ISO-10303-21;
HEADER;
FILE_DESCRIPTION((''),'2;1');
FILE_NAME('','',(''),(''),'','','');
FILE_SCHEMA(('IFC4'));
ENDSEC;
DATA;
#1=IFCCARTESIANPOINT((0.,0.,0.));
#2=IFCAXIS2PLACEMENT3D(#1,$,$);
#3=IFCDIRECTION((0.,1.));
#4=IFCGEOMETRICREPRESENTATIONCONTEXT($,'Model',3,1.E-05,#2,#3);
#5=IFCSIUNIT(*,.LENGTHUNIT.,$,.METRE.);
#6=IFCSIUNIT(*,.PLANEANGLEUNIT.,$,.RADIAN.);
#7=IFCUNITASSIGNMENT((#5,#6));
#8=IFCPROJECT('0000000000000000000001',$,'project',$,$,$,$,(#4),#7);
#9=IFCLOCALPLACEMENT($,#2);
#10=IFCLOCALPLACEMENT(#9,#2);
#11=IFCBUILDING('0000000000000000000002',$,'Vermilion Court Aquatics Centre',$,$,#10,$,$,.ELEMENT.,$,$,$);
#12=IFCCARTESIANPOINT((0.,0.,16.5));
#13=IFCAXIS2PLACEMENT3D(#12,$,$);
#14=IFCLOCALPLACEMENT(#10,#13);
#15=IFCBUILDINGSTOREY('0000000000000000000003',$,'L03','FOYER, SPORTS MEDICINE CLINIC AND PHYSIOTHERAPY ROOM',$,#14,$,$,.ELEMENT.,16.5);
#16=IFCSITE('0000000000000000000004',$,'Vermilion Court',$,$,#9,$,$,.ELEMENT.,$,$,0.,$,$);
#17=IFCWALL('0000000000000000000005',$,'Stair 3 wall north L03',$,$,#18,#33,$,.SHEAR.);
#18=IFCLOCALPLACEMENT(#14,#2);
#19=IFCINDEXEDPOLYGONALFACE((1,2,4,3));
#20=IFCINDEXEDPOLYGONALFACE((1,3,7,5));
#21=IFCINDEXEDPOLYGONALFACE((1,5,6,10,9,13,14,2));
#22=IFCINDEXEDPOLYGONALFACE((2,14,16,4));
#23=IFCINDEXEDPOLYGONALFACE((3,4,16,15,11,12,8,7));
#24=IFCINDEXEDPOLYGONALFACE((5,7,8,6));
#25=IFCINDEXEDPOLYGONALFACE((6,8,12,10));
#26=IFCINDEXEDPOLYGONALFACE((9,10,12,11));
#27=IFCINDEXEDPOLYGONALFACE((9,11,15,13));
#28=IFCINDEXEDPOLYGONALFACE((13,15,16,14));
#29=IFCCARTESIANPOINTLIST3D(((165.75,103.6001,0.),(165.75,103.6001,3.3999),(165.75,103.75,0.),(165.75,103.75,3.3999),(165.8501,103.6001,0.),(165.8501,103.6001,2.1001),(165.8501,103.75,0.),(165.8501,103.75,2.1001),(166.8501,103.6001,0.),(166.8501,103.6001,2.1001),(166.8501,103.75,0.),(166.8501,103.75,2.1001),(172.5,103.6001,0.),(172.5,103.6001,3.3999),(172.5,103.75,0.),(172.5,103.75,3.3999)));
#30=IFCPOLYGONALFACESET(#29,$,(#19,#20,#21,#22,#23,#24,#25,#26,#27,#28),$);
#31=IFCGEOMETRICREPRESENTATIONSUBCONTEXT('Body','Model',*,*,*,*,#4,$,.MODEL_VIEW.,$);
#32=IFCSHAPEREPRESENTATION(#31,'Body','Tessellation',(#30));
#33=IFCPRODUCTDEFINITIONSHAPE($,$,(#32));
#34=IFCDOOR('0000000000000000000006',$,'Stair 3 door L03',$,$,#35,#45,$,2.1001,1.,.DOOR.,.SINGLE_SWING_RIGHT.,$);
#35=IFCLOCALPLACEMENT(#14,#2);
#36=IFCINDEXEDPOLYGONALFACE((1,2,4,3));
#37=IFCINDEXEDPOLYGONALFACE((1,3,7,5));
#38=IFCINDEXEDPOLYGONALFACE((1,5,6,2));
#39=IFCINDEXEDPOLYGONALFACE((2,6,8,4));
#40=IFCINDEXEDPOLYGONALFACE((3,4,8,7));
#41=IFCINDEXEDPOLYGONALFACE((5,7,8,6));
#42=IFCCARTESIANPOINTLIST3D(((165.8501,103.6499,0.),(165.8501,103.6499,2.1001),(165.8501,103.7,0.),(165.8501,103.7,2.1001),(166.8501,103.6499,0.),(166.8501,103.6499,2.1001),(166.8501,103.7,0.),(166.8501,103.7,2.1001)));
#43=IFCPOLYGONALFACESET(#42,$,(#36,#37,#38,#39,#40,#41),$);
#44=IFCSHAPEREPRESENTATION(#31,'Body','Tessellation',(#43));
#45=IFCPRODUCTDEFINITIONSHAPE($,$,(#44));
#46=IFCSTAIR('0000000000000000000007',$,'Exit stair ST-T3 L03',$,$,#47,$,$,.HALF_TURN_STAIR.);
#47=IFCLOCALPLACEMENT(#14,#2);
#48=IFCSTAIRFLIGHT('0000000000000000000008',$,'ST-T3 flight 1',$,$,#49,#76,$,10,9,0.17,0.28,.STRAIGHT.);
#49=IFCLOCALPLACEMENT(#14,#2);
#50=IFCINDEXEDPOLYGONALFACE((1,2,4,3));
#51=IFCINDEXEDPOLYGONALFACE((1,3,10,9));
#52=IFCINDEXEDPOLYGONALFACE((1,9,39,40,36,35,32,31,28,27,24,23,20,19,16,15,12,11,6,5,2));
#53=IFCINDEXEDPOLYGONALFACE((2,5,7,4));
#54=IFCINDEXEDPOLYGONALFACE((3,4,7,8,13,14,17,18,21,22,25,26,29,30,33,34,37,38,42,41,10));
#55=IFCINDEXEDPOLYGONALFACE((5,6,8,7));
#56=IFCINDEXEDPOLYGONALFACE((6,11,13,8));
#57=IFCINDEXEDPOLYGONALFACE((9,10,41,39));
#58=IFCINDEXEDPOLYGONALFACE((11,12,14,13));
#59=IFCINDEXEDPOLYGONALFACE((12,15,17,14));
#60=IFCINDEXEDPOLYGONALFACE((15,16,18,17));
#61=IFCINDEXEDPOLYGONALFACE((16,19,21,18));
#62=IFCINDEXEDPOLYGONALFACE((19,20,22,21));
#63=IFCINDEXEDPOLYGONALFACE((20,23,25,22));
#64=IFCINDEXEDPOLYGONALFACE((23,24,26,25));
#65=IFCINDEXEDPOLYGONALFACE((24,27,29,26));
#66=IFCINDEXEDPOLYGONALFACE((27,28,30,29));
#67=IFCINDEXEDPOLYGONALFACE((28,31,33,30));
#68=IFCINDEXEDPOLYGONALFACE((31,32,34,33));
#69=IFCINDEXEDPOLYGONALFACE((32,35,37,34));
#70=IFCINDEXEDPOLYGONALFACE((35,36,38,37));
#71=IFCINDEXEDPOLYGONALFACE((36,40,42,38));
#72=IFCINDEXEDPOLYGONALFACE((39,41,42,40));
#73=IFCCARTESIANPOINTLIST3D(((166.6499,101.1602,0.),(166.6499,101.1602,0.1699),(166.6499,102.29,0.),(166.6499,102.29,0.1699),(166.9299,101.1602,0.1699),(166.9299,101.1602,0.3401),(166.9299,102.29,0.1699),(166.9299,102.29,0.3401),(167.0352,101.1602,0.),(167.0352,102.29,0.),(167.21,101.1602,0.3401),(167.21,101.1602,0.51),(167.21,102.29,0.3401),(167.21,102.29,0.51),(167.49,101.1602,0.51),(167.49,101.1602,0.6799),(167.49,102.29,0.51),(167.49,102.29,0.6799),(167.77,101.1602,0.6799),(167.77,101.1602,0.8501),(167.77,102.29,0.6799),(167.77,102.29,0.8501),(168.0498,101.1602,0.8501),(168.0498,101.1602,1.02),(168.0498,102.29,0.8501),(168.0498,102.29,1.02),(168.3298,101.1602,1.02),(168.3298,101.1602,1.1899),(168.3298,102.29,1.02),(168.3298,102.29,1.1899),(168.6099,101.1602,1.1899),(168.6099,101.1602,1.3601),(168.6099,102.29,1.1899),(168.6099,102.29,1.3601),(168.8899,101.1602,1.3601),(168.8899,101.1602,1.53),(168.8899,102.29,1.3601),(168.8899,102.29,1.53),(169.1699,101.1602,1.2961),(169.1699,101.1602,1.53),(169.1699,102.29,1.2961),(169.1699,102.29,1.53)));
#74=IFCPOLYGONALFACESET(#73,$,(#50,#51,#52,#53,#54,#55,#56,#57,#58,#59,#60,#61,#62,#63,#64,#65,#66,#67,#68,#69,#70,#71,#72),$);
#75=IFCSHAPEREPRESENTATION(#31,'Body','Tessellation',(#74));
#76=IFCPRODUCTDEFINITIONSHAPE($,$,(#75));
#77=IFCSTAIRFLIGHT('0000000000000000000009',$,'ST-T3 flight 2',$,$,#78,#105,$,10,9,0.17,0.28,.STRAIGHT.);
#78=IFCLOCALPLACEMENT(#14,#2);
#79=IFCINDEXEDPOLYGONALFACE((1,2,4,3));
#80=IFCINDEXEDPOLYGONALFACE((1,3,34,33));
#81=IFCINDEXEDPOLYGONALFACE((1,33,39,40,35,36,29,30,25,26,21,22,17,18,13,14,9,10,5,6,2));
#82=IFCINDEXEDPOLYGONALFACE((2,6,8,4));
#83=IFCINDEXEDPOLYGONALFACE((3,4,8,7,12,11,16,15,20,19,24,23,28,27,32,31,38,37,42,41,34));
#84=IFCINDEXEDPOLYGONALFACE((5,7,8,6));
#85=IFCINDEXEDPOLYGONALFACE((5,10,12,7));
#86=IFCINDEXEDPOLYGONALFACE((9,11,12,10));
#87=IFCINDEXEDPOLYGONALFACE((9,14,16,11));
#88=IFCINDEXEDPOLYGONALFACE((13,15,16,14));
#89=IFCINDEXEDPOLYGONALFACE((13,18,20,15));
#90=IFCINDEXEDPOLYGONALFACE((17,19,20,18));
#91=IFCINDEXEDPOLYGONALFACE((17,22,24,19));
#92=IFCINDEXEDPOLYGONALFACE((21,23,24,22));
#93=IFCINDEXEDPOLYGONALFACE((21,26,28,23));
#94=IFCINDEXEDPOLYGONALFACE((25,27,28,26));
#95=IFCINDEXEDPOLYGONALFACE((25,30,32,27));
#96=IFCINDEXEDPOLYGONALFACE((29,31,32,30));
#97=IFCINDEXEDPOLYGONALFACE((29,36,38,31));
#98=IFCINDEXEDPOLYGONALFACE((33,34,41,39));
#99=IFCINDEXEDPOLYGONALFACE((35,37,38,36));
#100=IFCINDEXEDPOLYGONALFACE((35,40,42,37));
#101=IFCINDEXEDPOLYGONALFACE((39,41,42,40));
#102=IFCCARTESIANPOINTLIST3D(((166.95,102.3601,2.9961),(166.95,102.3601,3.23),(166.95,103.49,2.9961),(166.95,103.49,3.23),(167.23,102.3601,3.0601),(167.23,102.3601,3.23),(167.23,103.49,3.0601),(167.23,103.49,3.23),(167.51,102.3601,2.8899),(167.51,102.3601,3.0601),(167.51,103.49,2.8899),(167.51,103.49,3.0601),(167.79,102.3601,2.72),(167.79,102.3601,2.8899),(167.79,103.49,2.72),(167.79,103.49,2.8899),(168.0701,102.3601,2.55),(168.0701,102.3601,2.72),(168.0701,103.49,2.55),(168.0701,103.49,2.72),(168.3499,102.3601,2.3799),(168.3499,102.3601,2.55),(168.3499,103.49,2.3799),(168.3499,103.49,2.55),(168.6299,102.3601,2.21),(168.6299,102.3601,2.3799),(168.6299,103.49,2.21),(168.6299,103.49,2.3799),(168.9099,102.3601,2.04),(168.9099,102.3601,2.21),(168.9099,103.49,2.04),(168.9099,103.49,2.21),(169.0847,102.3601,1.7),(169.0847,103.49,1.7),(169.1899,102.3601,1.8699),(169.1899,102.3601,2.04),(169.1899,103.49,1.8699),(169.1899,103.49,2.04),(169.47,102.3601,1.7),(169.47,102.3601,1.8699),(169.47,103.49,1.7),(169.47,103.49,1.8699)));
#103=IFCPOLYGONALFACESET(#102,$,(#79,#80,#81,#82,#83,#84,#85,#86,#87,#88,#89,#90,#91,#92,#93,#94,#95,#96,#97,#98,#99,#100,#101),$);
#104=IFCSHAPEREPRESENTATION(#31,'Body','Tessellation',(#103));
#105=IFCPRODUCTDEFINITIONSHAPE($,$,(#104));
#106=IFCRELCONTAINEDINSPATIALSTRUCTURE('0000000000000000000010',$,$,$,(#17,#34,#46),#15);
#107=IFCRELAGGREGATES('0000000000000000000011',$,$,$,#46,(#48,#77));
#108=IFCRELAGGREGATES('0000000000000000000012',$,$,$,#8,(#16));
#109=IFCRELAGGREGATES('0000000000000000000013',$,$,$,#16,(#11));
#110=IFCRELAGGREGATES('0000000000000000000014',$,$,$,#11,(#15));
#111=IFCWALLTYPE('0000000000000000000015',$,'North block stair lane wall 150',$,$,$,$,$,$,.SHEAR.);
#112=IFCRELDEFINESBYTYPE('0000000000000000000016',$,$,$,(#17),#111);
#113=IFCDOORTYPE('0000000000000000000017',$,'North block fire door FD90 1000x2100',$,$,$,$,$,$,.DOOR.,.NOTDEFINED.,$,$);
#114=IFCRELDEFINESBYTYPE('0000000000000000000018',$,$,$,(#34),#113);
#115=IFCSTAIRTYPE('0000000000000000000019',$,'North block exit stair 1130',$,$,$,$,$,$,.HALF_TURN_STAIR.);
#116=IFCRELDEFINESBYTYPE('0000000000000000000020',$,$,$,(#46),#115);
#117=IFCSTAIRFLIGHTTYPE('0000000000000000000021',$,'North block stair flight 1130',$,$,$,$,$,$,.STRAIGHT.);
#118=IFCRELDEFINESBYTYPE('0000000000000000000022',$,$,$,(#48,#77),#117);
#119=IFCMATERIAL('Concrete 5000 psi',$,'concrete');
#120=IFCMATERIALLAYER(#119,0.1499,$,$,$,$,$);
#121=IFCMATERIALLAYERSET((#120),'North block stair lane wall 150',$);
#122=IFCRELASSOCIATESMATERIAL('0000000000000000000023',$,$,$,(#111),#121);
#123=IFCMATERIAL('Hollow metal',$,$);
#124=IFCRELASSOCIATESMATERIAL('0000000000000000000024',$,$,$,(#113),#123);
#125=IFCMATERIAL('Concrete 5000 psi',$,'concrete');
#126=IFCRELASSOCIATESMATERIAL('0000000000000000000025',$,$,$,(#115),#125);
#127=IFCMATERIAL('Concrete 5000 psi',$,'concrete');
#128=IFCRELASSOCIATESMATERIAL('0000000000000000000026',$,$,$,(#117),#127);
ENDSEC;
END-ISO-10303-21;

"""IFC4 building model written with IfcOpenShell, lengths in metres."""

from ifc_helpers import new_model, si_unit, direction, frame, frame_2d, origin, place, context, subcontext, project, spatial, polyline, rectangle, outline, extrude, material, layer, layer_set, type_object, element, fill, aggregate, save


model = new_model("IFC4")

# Units and contexts
model_context = context("Model", 3, precision=1e-05, world=origin(), true_north=direction((0.0, 1.0)))
body_context = subcontext(model_context, "Body", "Model", "MODEL_VIEW")
ifc_project = project(units=[si_unit("LENGTHUNIT", "METRE"), si_unit("PLANEANGLEUNIT", "RADIAN")], contexts=[model_context])

# Site, building, storey
site_placement = place(None, origin())
site = spatial("IfcSite", under=ifc_project, at=site_placement, Name="Vermilion Court", CompositionType="ELEMENT", RefElevation=0.0)
building_placement = place(site_placement, origin())
building = spatial("IfcBuilding", under=site, at=building_placement, Name="Vermilion Court Aquatics Centre", CompositionType="ELEMENT")
storey_placement = place(building_placement, frame((0.0, 0.0, 16.5)))
storey = spatial("IfcBuildingStorey", under=building, at=storey_placement, Name="L03", Description="FOYER, SPORTS MEDICINE CLINIC AND PHYSIOTHERAPY ROOM", CompositionType="ELEMENT", Elevation=16.5)

# Wall, opening, door
ifc_material_1 = material(Name="Concrete 5000 psi", Category="concrete")
ifc_layer_1 = layer(ifc_material_1, 0.1499)
ifc_layer_set_1 = layer_set([ifc_layer_1], Name="North block stair lane wall 150")
wall_type_1 = type_object("IfcWallType", Name="North block stair lane wall 150", PredefinedType="SHEAR", material=ifc_layer_set_1)
wall_1_placement = place(storey_placement, frame((165.75, 103.675, 0.0), z_axis=(0.0, 0.0, 1.0), x_axis=(1.0, 0.0, 0.0)))
wall_1 = element("IfcWall", 1, at=wall_1_placement, inside=storey, type_object=wall_type_1, Name="Stair 3 wall north L03", PredefinedType="SHEAR", context=body_context, shape_type="SweptSolid", body=[
    extrude(rectangle(XDim=6.75, YDim=0.1499, at=frame_2d((3.375, 0.0))), origin(), (0.0, 0.0, 1.0), 3.3999),
])
opening_1_placement = place(wall_1_placement, frame((0.1001, 0.0, 0.0)))
opening_1 = element("IfcOpeningElement", 2, at=opening_1_placement, cuts=wall_1, PredefinedType="OPENING", context=body_context, shape_type="SweptSolid", body=[
    extrude(rectangle(XDim=1.0, YDim=2.1001, at=frame_2d((0.5, 1.05))), frame((0.0, 0.085, 0.0), z_axis=(0.0, -1.0, 0.0), x_axis=(1.0, 0.0, 0.0)), (0.0, 0.0, 1.0), 0.1699),
])
ifc_material_2 = material(Name="Hollow metal")
door_type_1 = type_object("IfcDoorType", Name="North block fire door FD90 1000x2100", OperationType="NOTDEFINED", PredefinedType="DOOR", material=ifc_material_2)
door_1_placement = place(opening_1_placement, frame((1.0, 0.0, 0.0), z_axis=(0.0, 0.0, 1.0), x_axis=(-1.0, 0.0, 0.0)))
door_1 = element("IfcDoor", 3, at=door_1_placement, inside=storey, type_object=door_type_1, Name="Stair 3 door L03", OperationType="SINGLE_SWING_RIGHT", OverallHeight=2.1001, OverallWidth=1.0, PredefinedType="DOOR", context=body_context, shape_type="SweptSolid", body=[
    extrude(rectangle(XDim=1.0, YDim=2.1001, at=frame_2d((0.5, 1.05))), frame((0.0, 0.0251, 0.0), z_axis=(0.0, -1.0, 0.0), x_axis=(1.0, 0.0, 0.0)), (0.0, 0.0, 1.0), 0.05),
])
fill(opening_1, door_1)

# Stair, stair flights
ifc_material_3 = material(Name="Concrete 5000 psi", Category="concrete")
stair_type = type_object("IfcStairType", Name="North block exit stair 1130", PredefinedType="HALF_TURN_STAIR", material=ifc_material_3)
stair_placement = place(storey_placement, origin())
stair = element("IfcStair", 4, at=stair_placement, inside=storey, type_object=stair_type, Name="Exit stair ST-T3 L03", PredefinedType="HALF_TURN_STAIR")
ifc_material_4 = material(Name="Concrete 5000 psi", Category="concrete")
stair_flight_type = type_object("IfcStairFlightType", Name="North block stair flight 1130", PredefinedType="STRAIGHT", material=ifc_material_4)
stair_flight_1_placement = place(storey_placement, frame((166.6499, 101.7251, 0.0), z_axis=(0.0, 0.0, 1.0), x_axis=(1.0, 0.0, 0.0)))
stair_flight_1 = element("IfcStairFlight", 5, at=stair_flight_1_placement, type_object=stair_flight_type, Name="ST-T3 flight 1", NumberOfRisers=10, NumberOfTreads=9, PredefinedType="STRAIGHT", RiserHeight=0.17, TreadLength=0.28, context=body_context, shape_type="SweptSolid", body=[
    extrude(outline(polyline([(0.0, 0.0), (0.0, 0.1699), (0.28, 0.1699), (0.28, 0.3401), (0.5601, 0.3401), (0.5601, 0.51), (0.8401, 0.51), (0.8401, 0.6799), (1.1201, 0.6799), (1.1201, 0.8501), (1.3999, 0.8501), (1.3999, 1.02), (1.6799, 1.02), (1.6799, 1.1899), (1.96, 1.1899), (1.96, 1.3601), (2.24, 1.3601), (2.24, 1.53), (2.52, 1.53), (2.52, 1.7), (2.52, 1.2961), (0.3853, 0.0), (0.0, 0.0)])), frame((0.0, 0.5649, 0.0), z_axis=(0.0, -1.0, 0.0), x_axis=(1.0, 0.0, 0.0)), (0.0, 0.0, 1.0), 1.1299),
])
stair_flight_2_placement = place(storey_placement, frame((169.47, 102.925, 1.7), z_axis=(0.0, 0.0, 1.0), x_axis=(-1.0, 0.0, 0.0)))
stair_flight_2 = element("IfcStairFlight", 6, at=stair_flight_2_placement, type_object=stair_flight_type, Name="ST-T3 flight 2", NumberOfRisers=10, NumberOfTreads=9, PredefinedType="STRAIGHT", RiserHeight=0.17, TreadLength=0.28, context=body_context, shape_type="SweptSolid", body=[
    extrude(outline(polyline([(0.0, 0.0), (0.0, 0.1699), (0.28, 0.1699), (0.28, 0.3401), (0.5601, 0.3401), (0.5601, 0.51), (0.8401, 0.51), (0.8401, 0.6799), (1.1201, 0.6799), (1.1201, 0.8501), (1.3999, 0.8501), (1.3999, 1.02), (1.6799, 1.02), (1.6799, 1.1899), (1.96, 1.1899), (1.96, 1.3601), (2.24, 1.3601), (2.24, 1.53), (2.52, 1.53), (2.52, 1.7), (2.52, 1.2961), (0.3853, 0.0), (0.0, 0.0)])), frame((0.0, 0.5649, 0.0), z_axis=(0.0, -1.0, 0.0), x_axis=(1.0, 0.0, 0.0)), (0.0, 0.0, 1.0), 1.1299),
])
aggregate(stair, [stair_flight_1, stair_flight_2])

save(model, "model.ifc")
